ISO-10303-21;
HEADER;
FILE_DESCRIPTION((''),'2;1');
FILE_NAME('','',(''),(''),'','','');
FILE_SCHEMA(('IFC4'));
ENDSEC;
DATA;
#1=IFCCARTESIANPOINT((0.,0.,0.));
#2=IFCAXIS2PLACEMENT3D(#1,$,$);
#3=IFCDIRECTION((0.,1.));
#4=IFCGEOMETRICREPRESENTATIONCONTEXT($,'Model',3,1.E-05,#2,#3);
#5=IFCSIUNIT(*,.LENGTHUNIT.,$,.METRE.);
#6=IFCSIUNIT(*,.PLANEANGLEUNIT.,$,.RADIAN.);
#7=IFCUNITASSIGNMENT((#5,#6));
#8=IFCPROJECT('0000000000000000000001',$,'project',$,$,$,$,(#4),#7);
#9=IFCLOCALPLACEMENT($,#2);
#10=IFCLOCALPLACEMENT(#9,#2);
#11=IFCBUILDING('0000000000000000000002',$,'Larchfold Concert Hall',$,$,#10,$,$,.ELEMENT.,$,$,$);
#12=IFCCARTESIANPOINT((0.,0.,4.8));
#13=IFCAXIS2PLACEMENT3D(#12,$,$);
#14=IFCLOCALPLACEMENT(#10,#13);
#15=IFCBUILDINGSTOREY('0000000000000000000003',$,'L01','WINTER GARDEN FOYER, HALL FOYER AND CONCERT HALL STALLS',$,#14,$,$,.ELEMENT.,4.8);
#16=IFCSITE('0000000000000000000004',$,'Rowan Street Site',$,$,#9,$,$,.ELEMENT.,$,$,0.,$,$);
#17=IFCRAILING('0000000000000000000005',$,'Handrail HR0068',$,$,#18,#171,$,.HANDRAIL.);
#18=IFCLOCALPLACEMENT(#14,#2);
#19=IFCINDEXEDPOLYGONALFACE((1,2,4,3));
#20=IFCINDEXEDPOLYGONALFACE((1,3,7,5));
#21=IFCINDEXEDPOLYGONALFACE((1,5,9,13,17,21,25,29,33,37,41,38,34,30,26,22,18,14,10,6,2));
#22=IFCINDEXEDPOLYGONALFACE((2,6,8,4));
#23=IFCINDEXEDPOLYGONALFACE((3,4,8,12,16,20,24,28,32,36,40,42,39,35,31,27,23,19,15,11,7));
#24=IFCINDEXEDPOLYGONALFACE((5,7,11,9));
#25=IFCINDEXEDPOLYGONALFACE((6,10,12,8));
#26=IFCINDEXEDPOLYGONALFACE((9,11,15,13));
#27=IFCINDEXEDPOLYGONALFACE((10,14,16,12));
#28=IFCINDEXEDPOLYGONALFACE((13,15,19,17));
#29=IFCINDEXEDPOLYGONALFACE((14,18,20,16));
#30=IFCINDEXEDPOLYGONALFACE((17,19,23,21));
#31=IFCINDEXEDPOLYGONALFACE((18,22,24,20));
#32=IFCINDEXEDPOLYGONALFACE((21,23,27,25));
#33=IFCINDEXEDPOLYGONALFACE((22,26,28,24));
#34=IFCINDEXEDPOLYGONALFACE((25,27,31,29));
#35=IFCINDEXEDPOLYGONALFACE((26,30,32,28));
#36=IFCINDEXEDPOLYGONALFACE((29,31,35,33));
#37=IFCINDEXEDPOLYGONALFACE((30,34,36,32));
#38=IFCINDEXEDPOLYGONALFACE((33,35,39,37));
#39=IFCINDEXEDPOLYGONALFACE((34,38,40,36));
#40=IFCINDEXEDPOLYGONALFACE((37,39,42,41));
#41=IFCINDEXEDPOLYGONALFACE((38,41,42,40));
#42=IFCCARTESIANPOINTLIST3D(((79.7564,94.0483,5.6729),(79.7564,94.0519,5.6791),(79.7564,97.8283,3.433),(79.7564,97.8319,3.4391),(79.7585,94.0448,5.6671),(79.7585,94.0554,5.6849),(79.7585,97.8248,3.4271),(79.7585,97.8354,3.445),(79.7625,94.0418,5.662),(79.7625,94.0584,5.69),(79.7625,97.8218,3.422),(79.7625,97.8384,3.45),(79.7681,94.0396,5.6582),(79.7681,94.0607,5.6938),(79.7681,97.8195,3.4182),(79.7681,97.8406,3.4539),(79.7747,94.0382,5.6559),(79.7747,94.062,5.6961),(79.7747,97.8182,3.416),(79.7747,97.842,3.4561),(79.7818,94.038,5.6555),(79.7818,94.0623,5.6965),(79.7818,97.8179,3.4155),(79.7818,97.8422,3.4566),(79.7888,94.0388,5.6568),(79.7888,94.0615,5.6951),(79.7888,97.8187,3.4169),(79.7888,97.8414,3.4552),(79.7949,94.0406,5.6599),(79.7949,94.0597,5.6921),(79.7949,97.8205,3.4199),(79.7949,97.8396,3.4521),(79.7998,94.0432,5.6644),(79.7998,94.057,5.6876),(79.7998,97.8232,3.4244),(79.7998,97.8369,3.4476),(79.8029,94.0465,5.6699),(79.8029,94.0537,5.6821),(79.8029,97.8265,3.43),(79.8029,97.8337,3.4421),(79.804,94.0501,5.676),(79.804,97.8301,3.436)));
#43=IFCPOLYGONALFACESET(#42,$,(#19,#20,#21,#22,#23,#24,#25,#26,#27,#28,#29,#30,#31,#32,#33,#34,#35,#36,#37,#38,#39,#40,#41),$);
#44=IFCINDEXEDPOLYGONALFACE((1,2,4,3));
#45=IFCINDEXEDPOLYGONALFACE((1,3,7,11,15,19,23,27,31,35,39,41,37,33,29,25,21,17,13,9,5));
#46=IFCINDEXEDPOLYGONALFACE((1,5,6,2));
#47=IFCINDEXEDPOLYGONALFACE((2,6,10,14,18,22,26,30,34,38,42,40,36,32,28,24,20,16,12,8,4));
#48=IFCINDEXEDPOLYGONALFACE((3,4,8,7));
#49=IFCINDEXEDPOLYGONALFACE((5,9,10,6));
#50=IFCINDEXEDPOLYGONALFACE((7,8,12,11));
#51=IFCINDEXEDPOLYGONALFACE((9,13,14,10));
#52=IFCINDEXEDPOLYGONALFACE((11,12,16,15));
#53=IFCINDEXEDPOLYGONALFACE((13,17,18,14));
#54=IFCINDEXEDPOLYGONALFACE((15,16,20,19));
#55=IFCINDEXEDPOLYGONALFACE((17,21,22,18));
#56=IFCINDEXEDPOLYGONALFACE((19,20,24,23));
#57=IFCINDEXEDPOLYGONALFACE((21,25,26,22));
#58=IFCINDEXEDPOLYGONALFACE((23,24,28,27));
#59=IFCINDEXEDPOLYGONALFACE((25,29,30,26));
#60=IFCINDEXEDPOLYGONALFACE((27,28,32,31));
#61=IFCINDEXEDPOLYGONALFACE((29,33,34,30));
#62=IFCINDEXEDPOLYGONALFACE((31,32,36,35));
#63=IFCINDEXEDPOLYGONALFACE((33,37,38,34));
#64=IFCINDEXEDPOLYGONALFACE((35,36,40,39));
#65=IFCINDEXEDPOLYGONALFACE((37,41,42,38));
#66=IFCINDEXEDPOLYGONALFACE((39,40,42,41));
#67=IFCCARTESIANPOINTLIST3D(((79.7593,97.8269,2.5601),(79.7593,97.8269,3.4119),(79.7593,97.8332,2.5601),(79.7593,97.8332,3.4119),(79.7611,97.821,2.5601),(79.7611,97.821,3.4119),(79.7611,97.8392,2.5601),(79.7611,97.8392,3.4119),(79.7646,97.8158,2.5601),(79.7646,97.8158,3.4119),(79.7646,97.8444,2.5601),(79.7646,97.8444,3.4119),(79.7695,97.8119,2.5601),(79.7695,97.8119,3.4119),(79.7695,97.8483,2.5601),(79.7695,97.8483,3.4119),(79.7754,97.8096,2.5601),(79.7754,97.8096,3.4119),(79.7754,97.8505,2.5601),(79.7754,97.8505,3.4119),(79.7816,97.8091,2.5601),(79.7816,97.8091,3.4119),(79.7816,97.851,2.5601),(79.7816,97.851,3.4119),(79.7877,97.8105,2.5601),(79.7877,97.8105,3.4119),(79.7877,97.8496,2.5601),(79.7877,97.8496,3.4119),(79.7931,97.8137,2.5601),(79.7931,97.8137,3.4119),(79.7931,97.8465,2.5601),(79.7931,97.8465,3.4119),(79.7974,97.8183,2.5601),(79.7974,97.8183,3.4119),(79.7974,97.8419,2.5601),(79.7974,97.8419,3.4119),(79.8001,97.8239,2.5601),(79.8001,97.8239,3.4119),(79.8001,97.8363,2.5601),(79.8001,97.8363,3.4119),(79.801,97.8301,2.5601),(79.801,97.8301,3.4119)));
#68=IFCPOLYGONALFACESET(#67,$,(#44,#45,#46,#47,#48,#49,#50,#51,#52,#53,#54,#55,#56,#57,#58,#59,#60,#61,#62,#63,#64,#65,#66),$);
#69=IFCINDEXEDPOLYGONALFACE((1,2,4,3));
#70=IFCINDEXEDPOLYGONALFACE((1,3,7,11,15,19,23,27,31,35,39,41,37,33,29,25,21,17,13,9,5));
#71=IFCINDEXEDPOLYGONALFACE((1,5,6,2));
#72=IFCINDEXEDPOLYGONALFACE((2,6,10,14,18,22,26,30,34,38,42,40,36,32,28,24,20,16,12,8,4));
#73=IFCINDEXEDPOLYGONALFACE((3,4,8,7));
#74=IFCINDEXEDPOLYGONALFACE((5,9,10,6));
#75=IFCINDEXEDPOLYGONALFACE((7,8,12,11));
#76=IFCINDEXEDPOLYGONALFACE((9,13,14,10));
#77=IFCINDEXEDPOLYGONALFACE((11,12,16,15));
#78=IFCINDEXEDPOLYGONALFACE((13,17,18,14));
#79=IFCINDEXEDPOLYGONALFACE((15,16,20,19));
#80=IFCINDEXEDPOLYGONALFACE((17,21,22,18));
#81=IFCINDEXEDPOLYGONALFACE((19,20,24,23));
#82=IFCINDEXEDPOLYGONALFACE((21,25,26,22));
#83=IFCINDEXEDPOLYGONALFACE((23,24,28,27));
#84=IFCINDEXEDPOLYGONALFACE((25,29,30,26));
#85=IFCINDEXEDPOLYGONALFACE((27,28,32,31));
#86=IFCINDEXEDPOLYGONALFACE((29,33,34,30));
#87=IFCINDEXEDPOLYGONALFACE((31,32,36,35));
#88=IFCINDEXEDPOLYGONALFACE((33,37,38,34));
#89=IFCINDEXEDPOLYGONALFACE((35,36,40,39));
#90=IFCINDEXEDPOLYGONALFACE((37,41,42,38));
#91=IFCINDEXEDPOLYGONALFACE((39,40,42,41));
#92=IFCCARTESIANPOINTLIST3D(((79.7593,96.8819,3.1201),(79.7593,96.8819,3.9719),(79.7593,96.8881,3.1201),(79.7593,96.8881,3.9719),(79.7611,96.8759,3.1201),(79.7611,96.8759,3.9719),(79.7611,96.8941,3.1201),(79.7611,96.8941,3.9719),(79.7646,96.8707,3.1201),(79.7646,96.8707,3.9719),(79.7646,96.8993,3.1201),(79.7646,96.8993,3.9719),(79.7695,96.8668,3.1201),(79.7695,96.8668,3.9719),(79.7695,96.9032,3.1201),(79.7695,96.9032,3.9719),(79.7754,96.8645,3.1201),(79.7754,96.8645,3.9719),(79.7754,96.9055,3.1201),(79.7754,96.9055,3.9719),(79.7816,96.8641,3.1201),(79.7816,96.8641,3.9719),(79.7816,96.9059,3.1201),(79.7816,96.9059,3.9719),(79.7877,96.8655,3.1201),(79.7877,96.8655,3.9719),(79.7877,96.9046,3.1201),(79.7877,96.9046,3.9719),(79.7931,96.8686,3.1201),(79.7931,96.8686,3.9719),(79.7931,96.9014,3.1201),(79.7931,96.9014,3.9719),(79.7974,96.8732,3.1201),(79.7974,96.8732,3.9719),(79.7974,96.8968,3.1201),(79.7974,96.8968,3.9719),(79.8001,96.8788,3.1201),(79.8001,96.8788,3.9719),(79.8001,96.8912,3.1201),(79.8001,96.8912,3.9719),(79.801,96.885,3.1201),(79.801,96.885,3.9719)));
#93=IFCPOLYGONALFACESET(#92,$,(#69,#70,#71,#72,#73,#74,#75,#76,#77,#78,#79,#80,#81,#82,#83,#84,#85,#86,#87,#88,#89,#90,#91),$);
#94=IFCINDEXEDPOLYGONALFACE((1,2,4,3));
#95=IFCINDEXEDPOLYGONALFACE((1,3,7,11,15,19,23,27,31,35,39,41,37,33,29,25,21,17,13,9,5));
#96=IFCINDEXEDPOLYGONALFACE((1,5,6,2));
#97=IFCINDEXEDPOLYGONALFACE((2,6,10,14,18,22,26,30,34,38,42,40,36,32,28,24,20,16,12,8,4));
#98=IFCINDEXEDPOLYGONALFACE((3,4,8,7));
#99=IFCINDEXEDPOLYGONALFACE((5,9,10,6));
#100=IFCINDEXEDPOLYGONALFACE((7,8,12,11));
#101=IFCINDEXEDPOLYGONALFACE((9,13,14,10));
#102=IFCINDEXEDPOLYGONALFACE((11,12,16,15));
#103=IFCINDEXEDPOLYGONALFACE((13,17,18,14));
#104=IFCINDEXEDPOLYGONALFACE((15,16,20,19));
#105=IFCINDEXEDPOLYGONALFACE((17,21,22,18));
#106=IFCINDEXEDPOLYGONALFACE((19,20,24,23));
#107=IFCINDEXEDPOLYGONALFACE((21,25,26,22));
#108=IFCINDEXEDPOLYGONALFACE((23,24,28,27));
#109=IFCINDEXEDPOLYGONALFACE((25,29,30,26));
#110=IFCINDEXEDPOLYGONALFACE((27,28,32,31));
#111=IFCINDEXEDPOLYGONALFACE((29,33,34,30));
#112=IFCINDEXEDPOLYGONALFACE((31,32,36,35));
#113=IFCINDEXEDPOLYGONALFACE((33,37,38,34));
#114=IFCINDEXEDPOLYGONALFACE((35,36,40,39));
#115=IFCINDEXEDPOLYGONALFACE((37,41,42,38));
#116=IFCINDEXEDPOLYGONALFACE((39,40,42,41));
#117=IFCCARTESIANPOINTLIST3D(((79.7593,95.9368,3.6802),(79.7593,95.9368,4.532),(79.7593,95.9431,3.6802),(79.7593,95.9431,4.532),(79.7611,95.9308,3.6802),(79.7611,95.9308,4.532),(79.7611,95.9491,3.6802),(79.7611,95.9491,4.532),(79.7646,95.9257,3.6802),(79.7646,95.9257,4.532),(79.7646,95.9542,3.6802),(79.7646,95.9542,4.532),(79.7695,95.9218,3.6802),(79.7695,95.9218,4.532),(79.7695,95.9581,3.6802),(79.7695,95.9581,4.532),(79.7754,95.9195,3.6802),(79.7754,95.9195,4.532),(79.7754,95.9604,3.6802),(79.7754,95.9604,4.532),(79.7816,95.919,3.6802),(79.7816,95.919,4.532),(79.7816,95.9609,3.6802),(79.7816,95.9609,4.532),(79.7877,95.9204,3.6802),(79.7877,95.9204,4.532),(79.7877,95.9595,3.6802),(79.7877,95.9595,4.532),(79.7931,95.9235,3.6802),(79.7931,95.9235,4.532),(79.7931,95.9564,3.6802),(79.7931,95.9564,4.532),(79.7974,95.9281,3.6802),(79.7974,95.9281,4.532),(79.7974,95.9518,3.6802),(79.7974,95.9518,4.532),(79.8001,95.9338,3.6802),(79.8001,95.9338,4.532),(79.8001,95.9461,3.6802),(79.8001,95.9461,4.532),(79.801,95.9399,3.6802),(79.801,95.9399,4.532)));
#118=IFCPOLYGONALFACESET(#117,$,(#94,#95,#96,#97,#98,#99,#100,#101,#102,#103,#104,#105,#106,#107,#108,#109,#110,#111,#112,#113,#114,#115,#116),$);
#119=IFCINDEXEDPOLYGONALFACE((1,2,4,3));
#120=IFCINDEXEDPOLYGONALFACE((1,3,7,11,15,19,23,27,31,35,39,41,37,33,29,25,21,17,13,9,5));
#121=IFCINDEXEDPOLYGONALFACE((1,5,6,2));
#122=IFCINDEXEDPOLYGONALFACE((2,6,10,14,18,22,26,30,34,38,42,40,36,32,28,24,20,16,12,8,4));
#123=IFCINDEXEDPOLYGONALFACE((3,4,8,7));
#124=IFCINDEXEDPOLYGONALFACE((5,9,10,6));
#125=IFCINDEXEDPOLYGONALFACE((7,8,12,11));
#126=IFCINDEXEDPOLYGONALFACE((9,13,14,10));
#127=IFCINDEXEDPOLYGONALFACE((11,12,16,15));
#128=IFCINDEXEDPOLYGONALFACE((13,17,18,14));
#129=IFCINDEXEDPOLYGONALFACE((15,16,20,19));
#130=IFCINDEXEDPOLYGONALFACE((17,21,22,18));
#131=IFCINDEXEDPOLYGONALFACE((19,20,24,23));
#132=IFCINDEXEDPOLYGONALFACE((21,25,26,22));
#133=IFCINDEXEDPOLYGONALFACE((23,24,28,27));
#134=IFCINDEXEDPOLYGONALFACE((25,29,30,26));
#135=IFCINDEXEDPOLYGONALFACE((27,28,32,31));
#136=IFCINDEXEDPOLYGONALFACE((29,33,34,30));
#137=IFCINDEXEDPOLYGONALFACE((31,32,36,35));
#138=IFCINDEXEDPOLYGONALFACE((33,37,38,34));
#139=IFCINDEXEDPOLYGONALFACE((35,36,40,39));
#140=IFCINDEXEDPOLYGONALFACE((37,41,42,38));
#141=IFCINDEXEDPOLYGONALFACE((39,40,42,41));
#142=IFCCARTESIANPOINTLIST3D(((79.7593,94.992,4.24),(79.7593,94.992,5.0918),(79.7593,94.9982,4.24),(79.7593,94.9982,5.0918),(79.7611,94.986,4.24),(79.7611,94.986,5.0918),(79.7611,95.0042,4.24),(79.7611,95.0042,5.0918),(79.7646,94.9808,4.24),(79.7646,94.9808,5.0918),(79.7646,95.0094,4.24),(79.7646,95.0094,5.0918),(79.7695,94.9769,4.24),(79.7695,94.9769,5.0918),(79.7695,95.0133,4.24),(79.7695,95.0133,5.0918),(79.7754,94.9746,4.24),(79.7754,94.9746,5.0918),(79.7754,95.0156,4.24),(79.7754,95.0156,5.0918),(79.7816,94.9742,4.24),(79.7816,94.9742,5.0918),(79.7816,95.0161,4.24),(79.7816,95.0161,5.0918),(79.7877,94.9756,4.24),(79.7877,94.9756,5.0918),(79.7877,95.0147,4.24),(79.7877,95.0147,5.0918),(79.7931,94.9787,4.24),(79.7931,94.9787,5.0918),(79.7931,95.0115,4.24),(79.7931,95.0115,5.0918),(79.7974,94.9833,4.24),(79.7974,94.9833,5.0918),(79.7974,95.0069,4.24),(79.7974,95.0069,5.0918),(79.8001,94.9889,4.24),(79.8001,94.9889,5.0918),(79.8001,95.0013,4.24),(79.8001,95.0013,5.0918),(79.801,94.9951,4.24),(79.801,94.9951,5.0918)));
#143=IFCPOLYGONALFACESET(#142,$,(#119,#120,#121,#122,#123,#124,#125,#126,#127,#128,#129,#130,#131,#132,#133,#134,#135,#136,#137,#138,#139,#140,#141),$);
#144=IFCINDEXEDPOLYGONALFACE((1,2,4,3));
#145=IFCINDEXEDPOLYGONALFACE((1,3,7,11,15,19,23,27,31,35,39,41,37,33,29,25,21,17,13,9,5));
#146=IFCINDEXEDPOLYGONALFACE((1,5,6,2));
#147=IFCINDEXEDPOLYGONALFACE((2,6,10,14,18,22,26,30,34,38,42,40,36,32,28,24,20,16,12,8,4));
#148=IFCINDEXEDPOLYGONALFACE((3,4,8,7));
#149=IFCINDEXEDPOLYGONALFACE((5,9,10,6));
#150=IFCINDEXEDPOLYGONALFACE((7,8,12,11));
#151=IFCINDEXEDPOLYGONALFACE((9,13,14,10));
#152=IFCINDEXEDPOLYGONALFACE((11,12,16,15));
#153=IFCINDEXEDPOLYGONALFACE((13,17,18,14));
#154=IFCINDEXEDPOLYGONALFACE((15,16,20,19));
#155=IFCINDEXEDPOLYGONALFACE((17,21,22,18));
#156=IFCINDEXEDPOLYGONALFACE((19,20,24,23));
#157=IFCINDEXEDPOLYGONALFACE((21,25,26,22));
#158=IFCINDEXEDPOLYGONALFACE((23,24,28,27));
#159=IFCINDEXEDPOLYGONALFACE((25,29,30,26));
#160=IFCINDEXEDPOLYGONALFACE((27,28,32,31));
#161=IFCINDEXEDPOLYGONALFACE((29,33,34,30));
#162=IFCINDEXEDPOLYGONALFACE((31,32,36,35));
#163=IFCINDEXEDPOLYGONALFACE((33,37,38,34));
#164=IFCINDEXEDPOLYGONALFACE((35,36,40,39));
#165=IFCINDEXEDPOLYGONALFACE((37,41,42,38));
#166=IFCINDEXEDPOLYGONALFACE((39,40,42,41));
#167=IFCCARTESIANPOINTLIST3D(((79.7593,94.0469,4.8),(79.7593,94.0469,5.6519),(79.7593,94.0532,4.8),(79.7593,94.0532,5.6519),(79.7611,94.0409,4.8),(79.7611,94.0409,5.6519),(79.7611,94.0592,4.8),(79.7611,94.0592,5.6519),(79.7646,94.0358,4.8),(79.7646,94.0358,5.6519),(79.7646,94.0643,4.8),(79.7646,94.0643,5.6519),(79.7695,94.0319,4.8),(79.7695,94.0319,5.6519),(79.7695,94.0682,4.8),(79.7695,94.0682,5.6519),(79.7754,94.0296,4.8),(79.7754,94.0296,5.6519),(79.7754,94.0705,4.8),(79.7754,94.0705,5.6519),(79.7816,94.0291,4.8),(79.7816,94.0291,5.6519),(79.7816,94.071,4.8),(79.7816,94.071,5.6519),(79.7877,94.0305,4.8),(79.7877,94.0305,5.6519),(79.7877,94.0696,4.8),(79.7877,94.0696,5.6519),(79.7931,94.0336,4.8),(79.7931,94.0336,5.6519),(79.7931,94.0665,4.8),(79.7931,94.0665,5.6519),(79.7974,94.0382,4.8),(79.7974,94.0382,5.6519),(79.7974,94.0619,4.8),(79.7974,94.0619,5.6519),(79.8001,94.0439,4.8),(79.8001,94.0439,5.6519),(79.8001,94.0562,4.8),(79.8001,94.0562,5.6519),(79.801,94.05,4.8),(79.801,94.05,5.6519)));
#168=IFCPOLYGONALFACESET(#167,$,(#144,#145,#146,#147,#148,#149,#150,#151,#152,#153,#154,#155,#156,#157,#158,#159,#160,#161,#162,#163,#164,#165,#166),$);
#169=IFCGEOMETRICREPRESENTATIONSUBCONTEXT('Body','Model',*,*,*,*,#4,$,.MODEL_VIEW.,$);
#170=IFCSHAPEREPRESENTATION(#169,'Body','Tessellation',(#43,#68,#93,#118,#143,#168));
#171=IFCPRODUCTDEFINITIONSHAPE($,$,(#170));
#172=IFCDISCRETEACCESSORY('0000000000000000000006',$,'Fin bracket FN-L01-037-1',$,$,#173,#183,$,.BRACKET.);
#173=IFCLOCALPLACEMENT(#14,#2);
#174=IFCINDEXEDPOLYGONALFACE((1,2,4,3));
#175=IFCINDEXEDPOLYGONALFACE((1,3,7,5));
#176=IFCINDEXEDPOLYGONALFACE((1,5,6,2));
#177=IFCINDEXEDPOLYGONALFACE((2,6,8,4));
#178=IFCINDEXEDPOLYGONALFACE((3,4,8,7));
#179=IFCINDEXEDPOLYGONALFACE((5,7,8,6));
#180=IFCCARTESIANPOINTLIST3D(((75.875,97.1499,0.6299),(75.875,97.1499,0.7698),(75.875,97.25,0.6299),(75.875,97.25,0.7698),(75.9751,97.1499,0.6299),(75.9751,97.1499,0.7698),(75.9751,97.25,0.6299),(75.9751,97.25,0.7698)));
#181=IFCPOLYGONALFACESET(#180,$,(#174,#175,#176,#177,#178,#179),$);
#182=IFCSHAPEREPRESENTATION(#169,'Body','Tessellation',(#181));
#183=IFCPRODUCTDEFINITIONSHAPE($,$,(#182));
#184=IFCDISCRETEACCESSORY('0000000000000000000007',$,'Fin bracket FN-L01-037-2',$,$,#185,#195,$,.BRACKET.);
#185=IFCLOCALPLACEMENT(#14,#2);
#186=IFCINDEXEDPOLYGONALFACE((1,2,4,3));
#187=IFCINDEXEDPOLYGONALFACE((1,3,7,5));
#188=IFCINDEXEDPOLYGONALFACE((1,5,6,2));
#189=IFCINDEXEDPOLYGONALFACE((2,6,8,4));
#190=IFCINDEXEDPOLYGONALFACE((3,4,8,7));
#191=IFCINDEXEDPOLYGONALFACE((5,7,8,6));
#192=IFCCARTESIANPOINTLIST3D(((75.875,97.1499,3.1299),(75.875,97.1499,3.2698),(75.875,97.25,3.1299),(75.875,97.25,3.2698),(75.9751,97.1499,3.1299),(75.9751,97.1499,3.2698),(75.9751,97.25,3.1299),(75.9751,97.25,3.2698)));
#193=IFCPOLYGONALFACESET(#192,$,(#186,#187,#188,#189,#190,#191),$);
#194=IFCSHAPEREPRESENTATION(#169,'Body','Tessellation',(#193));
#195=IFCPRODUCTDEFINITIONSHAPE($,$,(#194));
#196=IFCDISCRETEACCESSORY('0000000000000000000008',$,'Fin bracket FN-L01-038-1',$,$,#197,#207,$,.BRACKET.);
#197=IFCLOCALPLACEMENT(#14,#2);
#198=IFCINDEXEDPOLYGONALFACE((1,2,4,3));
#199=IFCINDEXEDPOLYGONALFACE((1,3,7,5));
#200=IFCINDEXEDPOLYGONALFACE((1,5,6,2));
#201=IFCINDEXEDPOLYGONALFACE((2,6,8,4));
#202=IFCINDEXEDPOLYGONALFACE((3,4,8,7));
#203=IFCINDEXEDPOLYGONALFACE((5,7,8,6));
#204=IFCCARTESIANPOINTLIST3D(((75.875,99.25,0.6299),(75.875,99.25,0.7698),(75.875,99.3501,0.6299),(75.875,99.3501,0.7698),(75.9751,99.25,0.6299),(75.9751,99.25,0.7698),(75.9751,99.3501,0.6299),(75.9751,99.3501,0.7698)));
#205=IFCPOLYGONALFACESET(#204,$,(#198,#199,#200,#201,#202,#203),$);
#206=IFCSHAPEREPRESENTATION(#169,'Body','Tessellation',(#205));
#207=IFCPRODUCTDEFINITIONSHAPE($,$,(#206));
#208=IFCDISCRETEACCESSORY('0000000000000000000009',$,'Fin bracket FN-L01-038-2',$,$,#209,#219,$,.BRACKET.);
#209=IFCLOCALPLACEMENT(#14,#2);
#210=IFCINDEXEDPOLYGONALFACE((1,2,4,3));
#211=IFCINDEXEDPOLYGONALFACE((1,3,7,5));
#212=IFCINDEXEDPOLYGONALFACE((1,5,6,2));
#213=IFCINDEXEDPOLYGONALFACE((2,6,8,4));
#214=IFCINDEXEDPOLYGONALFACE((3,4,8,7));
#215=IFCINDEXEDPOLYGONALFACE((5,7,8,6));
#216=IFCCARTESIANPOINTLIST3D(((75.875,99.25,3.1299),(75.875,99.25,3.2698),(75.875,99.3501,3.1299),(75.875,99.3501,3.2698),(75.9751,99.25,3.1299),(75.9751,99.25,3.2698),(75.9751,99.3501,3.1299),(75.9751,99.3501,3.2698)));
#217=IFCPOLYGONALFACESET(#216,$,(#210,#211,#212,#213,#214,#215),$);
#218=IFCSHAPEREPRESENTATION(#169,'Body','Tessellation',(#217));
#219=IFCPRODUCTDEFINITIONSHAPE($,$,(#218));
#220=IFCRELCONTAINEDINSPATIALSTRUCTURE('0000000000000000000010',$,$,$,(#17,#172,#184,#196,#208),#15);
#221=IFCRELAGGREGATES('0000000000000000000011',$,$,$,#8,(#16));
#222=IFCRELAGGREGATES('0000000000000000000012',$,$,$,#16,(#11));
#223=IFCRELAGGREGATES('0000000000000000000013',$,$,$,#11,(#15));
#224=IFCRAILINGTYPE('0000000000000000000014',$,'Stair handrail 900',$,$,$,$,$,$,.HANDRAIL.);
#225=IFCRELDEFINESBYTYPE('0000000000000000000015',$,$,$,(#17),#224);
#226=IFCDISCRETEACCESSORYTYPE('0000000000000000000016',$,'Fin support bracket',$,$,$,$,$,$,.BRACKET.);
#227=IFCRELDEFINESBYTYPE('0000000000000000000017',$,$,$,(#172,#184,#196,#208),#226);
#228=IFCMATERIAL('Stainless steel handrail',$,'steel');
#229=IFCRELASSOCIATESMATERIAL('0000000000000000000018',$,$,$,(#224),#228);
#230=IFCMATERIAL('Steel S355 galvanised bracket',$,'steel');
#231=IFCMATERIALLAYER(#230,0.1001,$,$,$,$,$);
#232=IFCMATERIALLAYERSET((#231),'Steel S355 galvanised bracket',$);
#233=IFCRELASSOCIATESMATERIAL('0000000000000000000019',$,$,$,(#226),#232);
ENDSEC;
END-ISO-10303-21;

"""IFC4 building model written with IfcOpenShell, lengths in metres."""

from ifc_helpers import new_model, si_unit, direction, frame, origin, origin_2d, place, context, subcontext, project, spatial, rectangle, circle, extrude, material, layer, layer_set, type_object, element, save


model = new_model("IFC4")

# Units and contexts
model_context = context("Model", 3, precision=1e-05, world=origin(), true_north=direction((0.0, 1.0)))
body_context = subcontext(model_context, "Body", "Model", "MODEL_VIEW")
ifc_project = project(units=[si_unit("LENGTHUNIT", "METRE"), si_unit("PLANEANGLEUNIT", "RADIAN")], contexts=[model_context])

# Site, building, storey
site_placement = place(None, origin())
site = spatial("IfcSite", under=ifc_project, at=site_placement, Name="Rowan Street Site", CompositionType="ELEMENT", RefElevation=0.0)
building_placement = place(site_placement, origin())
building = spatial("IfcBuilding", under=site, at=building_placement, Name="Larchfold Concert Hall", CompositionType="ELEMENT")
storey_placement = place(building_placement, frame((0.0, 0.0, 4.8)))
storey = spatial("IfcBuildingStorey", under=building, at=storey_placement, Name="L01", Description="WINTER GARDEN FOYER, HALL FOYER AND CONCERT HALL STALLS", CompositionType="ELEMENT", Elevation=4.8)

# Railing
ifc_material_1 = material(Name="Stainless steel handrail", Category="steel")
railing_type_1 = type_object("IfcRailingType", Name="Stair handrail 900", PredefinedType="HANDRAIL", material=ifc_material_1)
for number, where, name in (
    (1, (79.78, 97.8301, 2.5601), "Handrail HR0068"),
):
    element("IfcRailing", number, at=place(storey_placement, frame(where)), inside=storey, type_object=railing_type_1, Name=name, PredefinedType="HANDRAIL", context=body_context, shape_type="SweptSolid", body=[
        extrude(circle(Radius=0.0239, at=origin_2d()), frame((0.0, 0.0, 0.876), z_axis=(0.0, -0.860294, 0.509798), x_axis=(1.0, 0.0, 0.0)), (0.0, 0.0, 1.0), 4.3938),
        extrude(circle(Radius=0.021, at=origin_2d()), origin(), (0.0, 0.0, 1.0), 0.8518),
        extrude(circle(Radius=0.021, at=origin_2d()), frame((0.0, -0.9451, 0.5601)), (0.0, 0.0, 1.0), 0.8518),
        extrude(circle(Radius=0.021, at=origin_2d()), frame((0.0, -1.8901, 1.1201)), (0.0, 0.0, 1.0), 0.8518),
        extrude(circle(Radius=0.021, at=origin_2d()), frame((0.0, -2.835, 1.6799)), (0.0, 0.0, 1.0), 0.8518),
        extrude(circle(Radius=0.021, at=origin_2d()), frame((0.0, -3.78, 2.24)), (0.0, 0.0, 1.0), 0.8518),
    ])

# Discrete accessories
ifc_material_2 = material(Name="Steel S355 galvanised bracket", Category="steel")
ifc_layer_1 = layer(ifc_material_2, 0.1001)
ifc_layer_set_1 = layer_set([ifc_layer_1], Name="Steel S355 galvanised bracket")
discrete_accessory_type = type_object("IfcDiscreteAccessoryType", Name="Fin support bracket", PredefinedType="BRACKET", material=ifc_layer_set_1)
for number, where, z_axis, x_axis, name in (
    (2, (75.925, 97.2, 0.6299), (0.0, 0.0, 1.0), (-1.0, 0.0, 0.0), "Fin bracket FN-L01-037-1"),
    (3, (75.925, 97.2, 3.1299), (0.0, 0.0, 1.0), (-1.0, 0.0, 0.0), "Fin bracket FN-L01-037-2"),
    (4, (75.925, 99.3, 0.6299), (0.0, 0.0, 1.0), (-1.0, 0.0, 0.0), "Fin bracket FN-L01-038-1"),
    (5, (75.925, 99.3, 3.1299), (0.0, 0.0, 1.0), (-1.0, 0.0, 0.0), "Fin bracket FN-L01-038-2"),
):
    element("IfcDiscreteAccessory", number, at=place(storey_placement, frame(where, z_axis=z_axis, x_axis=x_axis)), inside=storey, type_object=discrete_accessory_type, Name=name, PredefinedType="BRACKET", context=body_context, shape_type="SweptSolid", body=[
        extrude(rectangle(XDim=0.1001, YDim=0.1001, at=origin_2d()), origin(), (0.0, 0.0, 1.0), 0.1399),
    ])

save(model, "model.ifc")
